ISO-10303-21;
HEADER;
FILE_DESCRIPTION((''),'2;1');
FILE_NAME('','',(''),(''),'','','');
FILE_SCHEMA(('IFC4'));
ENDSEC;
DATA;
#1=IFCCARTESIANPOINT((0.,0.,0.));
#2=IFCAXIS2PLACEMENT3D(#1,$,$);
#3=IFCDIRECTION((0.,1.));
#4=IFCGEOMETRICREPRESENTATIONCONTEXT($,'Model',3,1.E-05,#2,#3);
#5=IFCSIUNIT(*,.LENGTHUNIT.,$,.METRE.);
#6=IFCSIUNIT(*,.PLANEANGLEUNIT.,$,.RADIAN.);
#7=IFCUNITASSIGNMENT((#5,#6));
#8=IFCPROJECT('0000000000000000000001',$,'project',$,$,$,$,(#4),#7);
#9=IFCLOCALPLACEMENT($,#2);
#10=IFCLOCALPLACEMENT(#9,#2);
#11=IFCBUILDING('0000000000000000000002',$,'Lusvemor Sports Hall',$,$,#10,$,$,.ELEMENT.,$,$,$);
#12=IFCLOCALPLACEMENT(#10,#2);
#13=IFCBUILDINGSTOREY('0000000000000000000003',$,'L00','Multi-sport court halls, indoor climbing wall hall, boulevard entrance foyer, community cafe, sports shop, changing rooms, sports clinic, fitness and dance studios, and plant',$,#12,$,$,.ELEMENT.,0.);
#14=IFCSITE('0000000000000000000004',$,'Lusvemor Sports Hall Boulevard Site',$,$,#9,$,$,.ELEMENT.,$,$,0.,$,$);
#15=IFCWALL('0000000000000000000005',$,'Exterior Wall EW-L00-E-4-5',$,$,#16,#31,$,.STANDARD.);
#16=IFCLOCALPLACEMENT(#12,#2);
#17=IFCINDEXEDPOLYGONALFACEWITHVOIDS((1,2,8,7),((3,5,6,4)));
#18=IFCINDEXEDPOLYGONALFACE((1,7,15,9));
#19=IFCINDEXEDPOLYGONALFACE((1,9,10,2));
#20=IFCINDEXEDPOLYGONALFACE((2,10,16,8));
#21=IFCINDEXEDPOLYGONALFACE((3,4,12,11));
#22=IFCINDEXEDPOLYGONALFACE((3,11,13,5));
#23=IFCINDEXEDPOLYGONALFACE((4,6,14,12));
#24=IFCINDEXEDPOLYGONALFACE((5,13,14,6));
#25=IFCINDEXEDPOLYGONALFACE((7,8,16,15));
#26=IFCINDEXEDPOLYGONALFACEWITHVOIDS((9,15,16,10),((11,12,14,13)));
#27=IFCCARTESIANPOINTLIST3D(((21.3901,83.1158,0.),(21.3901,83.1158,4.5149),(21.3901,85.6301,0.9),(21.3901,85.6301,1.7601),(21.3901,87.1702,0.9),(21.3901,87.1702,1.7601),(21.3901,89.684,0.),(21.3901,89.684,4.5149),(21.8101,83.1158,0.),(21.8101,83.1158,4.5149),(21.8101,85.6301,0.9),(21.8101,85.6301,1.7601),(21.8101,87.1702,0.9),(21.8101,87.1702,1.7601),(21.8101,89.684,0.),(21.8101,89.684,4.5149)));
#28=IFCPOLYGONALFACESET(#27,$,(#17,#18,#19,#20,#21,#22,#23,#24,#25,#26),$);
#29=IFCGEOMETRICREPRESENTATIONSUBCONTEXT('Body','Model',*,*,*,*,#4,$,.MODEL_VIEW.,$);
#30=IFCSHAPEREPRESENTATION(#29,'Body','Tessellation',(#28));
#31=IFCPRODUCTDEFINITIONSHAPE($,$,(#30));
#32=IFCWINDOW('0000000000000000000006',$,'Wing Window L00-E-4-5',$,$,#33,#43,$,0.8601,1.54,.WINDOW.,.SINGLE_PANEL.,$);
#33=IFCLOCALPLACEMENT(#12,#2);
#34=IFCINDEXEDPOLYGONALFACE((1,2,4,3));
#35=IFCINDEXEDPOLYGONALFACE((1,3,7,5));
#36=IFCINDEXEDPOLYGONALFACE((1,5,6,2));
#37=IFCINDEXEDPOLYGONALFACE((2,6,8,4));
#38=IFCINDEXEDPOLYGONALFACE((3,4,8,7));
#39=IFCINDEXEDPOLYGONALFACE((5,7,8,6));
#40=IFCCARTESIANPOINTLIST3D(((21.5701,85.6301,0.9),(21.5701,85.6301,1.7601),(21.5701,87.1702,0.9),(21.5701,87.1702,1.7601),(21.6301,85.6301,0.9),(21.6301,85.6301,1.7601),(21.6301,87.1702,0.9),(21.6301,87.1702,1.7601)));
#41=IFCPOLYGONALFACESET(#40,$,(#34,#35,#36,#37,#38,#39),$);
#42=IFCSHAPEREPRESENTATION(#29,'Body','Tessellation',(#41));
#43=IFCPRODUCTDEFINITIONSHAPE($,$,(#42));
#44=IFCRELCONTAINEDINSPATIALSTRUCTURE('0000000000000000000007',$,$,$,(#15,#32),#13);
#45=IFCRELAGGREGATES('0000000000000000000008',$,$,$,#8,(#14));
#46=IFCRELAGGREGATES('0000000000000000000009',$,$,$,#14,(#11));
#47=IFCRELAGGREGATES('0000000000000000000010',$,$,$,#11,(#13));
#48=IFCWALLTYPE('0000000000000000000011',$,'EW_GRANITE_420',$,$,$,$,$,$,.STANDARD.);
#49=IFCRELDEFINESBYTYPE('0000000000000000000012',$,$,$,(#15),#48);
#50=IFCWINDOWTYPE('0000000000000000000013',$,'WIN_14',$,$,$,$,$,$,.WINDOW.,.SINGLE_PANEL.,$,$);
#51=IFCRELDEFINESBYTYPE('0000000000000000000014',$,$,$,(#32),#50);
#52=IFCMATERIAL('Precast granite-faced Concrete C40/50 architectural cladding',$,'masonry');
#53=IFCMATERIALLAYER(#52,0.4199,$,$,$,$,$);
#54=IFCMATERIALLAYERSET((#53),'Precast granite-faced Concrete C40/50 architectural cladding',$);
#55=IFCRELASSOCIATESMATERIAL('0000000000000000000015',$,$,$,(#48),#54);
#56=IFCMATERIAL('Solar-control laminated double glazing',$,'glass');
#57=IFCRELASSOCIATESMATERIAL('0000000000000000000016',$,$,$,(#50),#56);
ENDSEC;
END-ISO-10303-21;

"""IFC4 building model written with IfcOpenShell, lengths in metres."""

from ifc_helpers import new_model, si_unit, direction, frame, frame_2d, origin, place, context, subcontext, project, spatial, rectangle, extrude, material, layer, layer_set, type_object, element, fill, save


model = new_model("IFC4")

# Units and contexts
model_context = context("Model", 3, precision=1e-05, world=origin(), true_north=direction((0.0, 1.0)))
body_context = subcontext(model_context, "Body", "Model", "MODEL_VIEW")
ifc_project = project(units=[si_unit("LENGTHUNIT", "METRE"), si_unit("PLANEANGLEUNIT", "RADIAN")], contexts=[model_context])

# Site, building, storey
site_placement = place(None, origin())
site = spatial("IfcSite", under=ifc_project, at=site_placement, Name="Lusvemor Sports Hall Boulevard Site", CompositionType="ELEMENT", RefElevation=0.0)
building_placement = place(site_placement, origin())
building = spatial("IfcBuilding", under=site, at=building_placement, Name="Lusvemor Sports Hall", CompositionType="ELEMENT")
storey_placement = place(building_placement, origin())
storey = spatial("IfcBuildingStorey", under=building, at=storey_placement, Name="L00", Description="Multi-sport court halls, indoor climbing wall hall, boulevard entrance foyer, community cafe, sports shop, changing rooms, sports clinic, fitness and dance studios, and plant", CompositionType="ELEMENT", Elevation=0.0)

# Wall, opening, window
ifc_material_1 = material(Name="Precast granite-faced Concrete C40/50 architectural cladding", Category="masonry")
ifc_layer = layer(ifc_material_1, 0.4199)
ifc_layer_set = layer_set([ifc_layer], Name="Precast granite-faced Concrete C40/50 architectural cladding")
wall_type = type_object("IfcWallType", Name="EW_GRANITE_420", PredefinedType="STANDARD", material=ifc_layer_set)
wall_placement = place(storey_placement, frame((21.6001, 89.6841, 0.0), z_axis=(0.0, 0.0, 1.0), x_axis=(0.0, -1.0, 0.0)))
wall = element("IfcWall", 1, at=wall_placement, inside=storey, type_object=wall_type, Name="Exterior Wall EW-L00-E-4-5", PredefinedType="STANDARD", context=body_context, shape_type="SweptSolid", body=[
    extrude(rectangle(XDim=6.5681, YDim=0.4199, at=frame_2d((3.2842, 0.0))), origin(), (0.0, 0.0, 1.0), 4.5149),
])
opening_placement = place(wall_placement, frame((2.5139, 0.0, 0.8999)))
opening = element("IfcOpeningElement", 2, at=opening_placement, cuts=wall, PredefinedType="OPENING", context=body_context, shape_type="SweptSolid", body=[
    extrude(rectangle(XDim=1.54, YDim=0.8601, at=frame_2d((0.77, 0.4302))), frame((0.0, 0.21, 0.0), z_axis=(0.0, -1.0, 0.0), x_axis=(1.0, 0.0, 0.0)), (0.0, 0.0, 1.0), 0.4199),
])
ifc_material_2 = material(Name="Solar-control laminated double glazing", Category="glass")
window_type = type_object("IfcWindowType", Name="WIN_14", PartitioningType="SINGLE_PANEL", PredefinedType="WINDOW", material=ifc_material_2)
window_placement = place(opening_placement, origin())
window = element("IfcWindow", 3, at=window_placement, inside=storey, type_object=window_type, Name="Wing Window L00-E-4-5", OverallHeight=0.8601, OverallWidth=1.54, PartitioningType="SINGLE_PANEL", PredefinedType="WINDOW", context=body_context, shape_type="SweptSolid", body=[
    extrude(rectangle(XDim=1.54, YDim=0.8601, at=frame_2d((0.77, 0.4302))), frame((0.0, 0.03, 0.0), z_axis=(0.0, -1.0, 0.0), x_axis=(1.0, 0.0, 0.0)), (0.0, 0.0, 1.0), 0.0601),
])
fill(opening, window)

save(model, "model.ifc")
